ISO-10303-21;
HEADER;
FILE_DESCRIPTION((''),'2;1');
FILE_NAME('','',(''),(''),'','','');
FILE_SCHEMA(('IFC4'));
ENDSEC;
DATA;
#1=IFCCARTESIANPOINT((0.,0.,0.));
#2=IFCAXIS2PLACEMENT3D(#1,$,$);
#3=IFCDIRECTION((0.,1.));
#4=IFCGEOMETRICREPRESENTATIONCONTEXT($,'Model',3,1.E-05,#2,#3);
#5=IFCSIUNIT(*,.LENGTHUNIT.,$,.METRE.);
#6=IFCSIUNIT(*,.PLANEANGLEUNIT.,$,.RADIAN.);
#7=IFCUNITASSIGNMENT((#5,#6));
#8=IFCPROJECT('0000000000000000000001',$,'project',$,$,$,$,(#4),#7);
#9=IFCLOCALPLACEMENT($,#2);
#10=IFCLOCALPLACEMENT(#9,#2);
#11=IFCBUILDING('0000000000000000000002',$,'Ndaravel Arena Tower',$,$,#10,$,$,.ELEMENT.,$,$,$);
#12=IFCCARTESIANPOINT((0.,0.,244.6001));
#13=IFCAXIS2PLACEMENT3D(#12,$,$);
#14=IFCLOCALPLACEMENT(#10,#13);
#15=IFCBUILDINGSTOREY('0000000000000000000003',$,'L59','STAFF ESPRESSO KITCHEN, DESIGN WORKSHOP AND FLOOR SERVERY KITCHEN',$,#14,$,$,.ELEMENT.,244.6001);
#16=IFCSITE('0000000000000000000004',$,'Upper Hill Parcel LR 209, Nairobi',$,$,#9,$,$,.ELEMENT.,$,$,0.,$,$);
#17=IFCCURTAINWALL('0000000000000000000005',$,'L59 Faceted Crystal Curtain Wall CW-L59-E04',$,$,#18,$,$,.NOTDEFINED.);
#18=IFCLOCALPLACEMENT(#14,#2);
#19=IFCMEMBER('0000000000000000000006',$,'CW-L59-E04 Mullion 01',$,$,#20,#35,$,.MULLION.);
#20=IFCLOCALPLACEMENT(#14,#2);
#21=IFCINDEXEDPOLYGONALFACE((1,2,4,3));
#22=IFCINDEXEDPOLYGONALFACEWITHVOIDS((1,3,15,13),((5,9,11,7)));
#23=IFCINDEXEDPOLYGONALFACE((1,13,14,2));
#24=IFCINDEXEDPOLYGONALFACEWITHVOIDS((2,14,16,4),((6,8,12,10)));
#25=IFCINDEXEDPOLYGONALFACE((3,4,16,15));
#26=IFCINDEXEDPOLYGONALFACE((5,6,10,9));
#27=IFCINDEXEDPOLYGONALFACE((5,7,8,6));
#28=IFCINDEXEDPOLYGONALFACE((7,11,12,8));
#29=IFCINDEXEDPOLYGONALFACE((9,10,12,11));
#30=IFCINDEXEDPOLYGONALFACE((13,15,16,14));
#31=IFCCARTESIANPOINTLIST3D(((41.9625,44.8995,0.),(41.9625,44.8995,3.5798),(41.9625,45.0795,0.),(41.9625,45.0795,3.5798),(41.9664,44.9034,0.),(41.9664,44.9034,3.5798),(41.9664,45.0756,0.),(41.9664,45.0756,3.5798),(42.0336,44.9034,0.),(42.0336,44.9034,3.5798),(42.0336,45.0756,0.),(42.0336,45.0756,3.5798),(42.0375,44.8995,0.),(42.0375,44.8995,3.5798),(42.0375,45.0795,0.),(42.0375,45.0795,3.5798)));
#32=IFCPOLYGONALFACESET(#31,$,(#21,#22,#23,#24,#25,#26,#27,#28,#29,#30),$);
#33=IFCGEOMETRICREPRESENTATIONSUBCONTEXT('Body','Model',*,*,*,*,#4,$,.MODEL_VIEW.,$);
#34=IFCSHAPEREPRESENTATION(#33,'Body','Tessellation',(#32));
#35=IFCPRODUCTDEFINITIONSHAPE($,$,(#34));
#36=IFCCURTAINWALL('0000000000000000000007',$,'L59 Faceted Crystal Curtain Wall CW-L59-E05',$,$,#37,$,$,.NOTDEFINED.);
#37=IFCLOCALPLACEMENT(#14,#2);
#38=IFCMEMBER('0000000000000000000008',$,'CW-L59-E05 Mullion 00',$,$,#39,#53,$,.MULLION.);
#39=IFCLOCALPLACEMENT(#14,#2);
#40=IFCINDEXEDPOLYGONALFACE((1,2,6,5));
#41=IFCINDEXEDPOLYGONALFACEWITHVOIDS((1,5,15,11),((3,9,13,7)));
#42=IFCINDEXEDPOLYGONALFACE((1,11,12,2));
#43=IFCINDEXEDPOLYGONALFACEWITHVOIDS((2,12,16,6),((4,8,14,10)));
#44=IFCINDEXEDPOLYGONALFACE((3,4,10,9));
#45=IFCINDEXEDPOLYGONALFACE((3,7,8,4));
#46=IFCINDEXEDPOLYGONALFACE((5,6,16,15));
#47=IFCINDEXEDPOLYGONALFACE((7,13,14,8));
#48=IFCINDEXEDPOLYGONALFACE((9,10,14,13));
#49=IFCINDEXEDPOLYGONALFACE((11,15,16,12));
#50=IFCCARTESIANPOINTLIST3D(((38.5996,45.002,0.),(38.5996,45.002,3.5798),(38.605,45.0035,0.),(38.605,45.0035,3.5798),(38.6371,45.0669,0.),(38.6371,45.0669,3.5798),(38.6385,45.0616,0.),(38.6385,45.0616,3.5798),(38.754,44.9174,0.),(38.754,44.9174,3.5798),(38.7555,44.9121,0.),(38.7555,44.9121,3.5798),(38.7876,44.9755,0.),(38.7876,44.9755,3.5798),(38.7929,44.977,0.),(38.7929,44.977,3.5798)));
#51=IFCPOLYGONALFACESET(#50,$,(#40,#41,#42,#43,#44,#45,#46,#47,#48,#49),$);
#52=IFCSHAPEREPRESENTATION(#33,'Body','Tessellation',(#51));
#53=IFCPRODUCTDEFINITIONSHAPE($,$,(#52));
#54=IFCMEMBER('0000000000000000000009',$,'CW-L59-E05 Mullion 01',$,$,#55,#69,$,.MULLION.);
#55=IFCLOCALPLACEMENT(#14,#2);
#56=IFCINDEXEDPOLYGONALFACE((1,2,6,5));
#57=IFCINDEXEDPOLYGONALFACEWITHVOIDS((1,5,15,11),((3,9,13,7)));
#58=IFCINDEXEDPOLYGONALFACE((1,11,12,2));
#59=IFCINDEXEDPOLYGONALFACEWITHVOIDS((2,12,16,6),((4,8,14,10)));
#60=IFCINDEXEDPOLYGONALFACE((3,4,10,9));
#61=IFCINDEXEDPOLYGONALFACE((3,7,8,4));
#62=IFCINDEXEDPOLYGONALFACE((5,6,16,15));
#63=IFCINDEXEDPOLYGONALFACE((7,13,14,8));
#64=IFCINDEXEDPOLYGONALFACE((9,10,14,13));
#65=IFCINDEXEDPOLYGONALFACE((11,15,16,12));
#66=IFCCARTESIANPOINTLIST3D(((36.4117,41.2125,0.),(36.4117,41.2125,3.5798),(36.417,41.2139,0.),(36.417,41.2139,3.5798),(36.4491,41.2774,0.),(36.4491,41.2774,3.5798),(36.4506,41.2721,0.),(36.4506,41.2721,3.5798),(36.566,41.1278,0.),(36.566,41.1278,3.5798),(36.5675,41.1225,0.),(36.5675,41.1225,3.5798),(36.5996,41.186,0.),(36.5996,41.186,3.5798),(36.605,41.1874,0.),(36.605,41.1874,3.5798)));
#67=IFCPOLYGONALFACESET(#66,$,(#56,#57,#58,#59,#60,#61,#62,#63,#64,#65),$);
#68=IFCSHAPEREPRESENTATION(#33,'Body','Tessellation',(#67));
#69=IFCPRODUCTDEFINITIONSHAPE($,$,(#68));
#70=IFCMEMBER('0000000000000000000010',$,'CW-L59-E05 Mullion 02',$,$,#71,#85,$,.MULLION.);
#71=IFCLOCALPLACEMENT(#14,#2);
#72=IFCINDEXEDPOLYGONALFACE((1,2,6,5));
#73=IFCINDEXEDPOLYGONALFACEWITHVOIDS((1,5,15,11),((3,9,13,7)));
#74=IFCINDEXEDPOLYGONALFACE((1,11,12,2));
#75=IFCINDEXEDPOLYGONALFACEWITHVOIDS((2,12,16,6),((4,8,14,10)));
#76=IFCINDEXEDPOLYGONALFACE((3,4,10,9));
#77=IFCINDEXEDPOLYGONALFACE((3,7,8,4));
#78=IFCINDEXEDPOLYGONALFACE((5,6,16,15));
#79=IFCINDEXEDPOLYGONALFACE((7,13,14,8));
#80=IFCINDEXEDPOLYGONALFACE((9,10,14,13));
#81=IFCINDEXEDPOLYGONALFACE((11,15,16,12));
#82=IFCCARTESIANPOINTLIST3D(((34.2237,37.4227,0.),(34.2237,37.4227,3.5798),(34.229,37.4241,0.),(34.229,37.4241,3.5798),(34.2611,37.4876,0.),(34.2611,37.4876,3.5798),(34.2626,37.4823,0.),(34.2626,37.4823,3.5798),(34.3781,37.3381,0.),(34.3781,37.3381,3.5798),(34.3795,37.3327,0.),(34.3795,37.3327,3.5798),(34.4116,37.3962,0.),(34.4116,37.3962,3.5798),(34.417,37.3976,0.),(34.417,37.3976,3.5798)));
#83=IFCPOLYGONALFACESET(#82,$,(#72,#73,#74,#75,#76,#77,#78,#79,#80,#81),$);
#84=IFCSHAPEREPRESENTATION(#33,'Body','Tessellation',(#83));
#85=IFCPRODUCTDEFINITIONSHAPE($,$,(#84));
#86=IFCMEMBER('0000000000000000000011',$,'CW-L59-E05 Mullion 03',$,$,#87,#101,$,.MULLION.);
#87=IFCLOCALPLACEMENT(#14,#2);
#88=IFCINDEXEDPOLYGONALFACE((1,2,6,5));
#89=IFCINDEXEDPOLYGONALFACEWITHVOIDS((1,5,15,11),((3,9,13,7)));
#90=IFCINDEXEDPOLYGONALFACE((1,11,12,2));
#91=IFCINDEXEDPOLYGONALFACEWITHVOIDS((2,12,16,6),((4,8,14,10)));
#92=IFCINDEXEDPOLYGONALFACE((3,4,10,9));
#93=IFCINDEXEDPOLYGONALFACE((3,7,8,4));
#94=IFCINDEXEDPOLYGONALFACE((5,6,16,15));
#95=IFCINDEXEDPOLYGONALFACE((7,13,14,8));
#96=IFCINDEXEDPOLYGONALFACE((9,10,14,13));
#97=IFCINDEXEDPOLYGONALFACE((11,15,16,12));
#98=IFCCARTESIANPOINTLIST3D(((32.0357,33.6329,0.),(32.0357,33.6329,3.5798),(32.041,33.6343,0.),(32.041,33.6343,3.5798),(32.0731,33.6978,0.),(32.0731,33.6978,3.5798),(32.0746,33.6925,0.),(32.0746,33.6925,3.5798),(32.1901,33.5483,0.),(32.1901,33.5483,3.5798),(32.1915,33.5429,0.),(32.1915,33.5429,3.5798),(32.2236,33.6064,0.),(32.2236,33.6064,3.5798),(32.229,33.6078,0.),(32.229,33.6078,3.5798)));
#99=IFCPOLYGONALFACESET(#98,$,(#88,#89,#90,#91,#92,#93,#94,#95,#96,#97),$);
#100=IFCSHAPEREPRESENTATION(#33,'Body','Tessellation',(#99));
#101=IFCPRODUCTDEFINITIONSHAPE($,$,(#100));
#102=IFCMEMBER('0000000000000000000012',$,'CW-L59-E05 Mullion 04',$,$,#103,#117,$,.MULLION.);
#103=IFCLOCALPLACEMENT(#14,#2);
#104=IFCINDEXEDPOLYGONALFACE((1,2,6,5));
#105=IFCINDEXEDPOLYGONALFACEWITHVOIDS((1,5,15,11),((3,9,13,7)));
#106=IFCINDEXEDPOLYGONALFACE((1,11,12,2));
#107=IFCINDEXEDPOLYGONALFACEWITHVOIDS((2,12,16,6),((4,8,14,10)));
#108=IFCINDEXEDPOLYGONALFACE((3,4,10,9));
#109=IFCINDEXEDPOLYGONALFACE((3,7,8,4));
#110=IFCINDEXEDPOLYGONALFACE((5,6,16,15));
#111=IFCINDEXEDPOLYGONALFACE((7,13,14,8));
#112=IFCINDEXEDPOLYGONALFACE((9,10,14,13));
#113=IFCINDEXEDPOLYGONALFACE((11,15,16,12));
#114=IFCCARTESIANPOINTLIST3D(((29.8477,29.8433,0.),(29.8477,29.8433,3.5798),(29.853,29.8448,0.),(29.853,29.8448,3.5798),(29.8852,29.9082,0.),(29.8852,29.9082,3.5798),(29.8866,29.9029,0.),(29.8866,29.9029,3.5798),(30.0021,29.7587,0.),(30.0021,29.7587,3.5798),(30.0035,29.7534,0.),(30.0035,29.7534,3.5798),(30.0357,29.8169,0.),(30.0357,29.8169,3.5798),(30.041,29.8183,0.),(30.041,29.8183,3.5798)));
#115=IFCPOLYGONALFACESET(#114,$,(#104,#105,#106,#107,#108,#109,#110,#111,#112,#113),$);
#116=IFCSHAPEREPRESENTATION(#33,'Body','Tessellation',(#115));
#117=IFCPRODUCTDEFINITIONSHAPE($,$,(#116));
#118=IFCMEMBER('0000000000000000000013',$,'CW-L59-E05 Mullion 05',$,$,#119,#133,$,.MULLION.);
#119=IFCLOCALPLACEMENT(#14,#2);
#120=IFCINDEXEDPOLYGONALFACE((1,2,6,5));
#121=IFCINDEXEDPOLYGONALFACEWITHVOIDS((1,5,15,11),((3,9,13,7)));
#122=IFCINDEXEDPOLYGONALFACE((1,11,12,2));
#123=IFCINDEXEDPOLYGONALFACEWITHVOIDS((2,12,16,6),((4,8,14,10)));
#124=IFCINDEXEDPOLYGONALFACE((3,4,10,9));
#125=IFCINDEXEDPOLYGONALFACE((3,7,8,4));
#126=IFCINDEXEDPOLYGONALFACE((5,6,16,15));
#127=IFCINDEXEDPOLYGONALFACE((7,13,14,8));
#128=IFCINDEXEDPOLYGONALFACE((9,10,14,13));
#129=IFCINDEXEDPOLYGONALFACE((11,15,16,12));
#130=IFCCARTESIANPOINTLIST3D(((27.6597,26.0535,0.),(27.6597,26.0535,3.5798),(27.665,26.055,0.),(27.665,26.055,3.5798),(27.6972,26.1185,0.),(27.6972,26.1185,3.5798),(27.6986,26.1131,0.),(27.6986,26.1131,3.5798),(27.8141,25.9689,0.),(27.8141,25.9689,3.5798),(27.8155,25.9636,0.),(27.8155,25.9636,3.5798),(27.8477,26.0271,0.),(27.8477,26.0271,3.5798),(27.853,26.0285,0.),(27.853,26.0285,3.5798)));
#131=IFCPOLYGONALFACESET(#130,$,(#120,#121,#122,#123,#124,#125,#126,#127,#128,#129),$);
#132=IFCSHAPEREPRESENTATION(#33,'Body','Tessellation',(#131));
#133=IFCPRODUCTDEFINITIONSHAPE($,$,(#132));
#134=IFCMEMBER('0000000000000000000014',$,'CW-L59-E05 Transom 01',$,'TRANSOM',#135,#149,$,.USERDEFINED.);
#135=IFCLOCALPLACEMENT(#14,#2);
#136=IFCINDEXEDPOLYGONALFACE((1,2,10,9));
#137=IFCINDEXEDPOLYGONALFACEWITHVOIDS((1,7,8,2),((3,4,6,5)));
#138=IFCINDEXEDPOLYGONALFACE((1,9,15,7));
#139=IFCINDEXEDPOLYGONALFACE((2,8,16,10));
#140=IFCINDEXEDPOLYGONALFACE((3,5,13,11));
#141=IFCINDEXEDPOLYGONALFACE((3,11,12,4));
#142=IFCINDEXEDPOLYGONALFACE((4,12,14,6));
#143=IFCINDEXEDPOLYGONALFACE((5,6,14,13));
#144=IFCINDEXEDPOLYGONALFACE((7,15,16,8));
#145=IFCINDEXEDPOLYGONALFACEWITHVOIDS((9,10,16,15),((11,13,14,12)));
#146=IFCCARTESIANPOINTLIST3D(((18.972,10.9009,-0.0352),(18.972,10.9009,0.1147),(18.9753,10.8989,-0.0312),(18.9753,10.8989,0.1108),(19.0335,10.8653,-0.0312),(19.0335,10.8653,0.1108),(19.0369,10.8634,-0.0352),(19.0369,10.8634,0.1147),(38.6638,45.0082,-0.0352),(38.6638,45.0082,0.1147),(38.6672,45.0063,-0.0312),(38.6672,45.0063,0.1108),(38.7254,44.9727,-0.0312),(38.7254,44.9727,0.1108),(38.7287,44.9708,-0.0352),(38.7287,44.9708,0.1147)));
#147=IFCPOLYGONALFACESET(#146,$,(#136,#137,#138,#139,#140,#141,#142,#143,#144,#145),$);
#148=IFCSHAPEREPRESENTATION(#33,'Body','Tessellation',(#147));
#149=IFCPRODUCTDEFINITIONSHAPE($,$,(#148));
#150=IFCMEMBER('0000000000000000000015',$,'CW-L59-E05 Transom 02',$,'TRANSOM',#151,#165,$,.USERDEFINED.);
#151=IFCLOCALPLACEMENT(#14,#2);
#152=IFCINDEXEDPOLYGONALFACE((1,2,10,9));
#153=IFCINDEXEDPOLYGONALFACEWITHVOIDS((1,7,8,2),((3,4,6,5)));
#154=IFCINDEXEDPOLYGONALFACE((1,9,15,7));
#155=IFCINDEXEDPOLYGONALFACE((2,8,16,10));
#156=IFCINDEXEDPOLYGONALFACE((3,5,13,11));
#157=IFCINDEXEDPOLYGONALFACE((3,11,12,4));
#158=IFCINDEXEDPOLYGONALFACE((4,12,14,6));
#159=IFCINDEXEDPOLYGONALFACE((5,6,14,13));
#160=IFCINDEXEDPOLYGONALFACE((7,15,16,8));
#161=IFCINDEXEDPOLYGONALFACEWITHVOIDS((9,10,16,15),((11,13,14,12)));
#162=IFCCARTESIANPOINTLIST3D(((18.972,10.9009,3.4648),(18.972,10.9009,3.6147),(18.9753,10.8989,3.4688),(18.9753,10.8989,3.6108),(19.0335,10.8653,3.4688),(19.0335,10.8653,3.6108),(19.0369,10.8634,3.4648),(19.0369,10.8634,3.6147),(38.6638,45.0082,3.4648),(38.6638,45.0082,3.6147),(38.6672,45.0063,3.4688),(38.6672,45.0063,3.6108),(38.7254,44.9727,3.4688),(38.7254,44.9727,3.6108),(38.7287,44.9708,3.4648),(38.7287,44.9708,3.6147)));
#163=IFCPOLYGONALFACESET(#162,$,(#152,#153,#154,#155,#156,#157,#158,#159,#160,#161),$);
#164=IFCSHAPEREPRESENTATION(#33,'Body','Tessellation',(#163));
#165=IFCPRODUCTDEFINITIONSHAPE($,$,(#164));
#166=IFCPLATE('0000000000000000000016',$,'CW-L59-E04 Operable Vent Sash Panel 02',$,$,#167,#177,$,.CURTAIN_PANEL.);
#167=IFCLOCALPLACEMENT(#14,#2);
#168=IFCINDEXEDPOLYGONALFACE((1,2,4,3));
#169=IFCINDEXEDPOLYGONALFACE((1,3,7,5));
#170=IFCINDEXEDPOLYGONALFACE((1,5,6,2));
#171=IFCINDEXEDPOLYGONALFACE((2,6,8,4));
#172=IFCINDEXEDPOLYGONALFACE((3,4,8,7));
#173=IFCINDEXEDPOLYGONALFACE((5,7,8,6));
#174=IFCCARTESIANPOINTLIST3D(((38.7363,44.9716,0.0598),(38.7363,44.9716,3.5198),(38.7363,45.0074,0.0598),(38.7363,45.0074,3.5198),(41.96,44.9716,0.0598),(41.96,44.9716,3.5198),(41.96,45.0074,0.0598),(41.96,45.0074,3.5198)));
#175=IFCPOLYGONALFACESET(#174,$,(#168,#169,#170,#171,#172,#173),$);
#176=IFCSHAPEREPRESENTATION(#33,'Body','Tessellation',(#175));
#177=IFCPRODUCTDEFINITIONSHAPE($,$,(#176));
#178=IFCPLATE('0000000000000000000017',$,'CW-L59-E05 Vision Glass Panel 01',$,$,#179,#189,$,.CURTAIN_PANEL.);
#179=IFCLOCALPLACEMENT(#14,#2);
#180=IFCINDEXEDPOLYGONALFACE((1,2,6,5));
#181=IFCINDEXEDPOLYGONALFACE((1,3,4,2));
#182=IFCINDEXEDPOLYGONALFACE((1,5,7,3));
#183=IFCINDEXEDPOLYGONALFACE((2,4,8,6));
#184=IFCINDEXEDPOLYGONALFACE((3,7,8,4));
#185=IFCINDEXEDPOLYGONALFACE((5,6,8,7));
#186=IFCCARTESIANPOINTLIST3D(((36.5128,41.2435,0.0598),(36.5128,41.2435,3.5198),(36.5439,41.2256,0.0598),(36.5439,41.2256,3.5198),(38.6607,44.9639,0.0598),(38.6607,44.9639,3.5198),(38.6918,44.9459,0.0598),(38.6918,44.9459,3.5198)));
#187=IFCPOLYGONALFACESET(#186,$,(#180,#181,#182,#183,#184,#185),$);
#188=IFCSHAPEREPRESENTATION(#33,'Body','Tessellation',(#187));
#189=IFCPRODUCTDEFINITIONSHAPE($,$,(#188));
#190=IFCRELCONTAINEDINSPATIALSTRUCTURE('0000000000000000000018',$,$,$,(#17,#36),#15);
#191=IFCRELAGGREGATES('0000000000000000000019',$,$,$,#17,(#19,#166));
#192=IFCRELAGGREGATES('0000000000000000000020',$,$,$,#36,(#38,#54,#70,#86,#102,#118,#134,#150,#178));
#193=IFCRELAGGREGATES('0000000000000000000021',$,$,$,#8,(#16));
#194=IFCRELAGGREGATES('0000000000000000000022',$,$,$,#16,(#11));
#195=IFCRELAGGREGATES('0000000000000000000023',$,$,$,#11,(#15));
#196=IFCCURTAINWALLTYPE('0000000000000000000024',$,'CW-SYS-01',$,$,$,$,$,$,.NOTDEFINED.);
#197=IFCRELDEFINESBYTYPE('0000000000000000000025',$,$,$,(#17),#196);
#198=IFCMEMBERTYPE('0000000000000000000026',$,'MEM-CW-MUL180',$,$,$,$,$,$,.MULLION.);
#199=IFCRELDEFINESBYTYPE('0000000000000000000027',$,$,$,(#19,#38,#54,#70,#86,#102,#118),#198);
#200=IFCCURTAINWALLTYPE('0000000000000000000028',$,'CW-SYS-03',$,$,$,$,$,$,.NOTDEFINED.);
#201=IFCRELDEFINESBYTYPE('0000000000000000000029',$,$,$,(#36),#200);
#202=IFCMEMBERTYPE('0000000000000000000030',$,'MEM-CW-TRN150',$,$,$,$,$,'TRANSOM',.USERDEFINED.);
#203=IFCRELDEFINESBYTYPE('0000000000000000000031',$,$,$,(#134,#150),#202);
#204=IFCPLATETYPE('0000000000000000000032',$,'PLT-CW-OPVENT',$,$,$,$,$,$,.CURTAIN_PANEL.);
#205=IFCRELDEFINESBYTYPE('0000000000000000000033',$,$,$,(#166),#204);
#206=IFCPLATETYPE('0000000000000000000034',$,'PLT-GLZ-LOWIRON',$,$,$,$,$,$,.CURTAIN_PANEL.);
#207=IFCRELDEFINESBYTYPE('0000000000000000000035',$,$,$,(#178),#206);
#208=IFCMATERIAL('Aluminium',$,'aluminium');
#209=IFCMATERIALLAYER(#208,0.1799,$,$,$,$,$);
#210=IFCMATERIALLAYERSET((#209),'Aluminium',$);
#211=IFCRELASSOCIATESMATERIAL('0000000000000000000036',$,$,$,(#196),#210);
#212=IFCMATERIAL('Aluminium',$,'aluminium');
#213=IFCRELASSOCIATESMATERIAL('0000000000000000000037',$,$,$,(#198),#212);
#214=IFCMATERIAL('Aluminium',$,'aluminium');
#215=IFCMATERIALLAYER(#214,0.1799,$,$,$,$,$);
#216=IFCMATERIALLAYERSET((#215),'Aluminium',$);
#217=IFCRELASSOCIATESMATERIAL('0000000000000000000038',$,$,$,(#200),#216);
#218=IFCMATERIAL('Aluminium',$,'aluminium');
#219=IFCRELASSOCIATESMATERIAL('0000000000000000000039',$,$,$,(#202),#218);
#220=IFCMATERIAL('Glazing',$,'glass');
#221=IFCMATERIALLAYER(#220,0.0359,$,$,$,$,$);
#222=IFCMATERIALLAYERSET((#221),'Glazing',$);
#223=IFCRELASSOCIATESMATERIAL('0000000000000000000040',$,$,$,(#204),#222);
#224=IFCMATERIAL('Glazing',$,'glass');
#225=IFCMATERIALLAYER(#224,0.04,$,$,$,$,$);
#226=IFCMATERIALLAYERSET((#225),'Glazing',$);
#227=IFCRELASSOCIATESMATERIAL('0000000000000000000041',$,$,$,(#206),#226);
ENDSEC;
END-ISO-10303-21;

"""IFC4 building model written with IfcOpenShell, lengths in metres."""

from ifc_helpers import new_model, si_unit, direction, frame, origin, origin_2d, place, context, subcontext, project, spatial, rectangle, hollow_rectangle, extrude, material, layer, layer_set, material_profile, profile_set, type_object, element, aggregate, save


model = new_model("IFC4")

# Units and contexts
model_context = context("Model", 3, precision=1e-05, world=origin(), true_north=direction((0.0, 1.0)))
body_context = subcontext(model_context, "Body", "Model", "MODEL_VIEW")
ifc_project = project(units=[si_unit("LENGTHUNIT", "METRE"), si_unit("PLANEANGLEUNIT", "RADIAN")], contexts=[model_context])

# Site, building, storey
site_placement = place(None, origin())
site = spatial("IfcSite", under=ifc_project, at=site_placement, Name="Upper Hill Parcel LR 209, Nairobi", CompositionType="ELEMENT", RefElevation=0.0)
building_placement = place(site_placement, origin())
building = spatial("IfcBuilding", under=site, at=building_placement, Name="Ndaravel Arena Tower", CompositionType="ELEMENT")
storey_placement = place(building_placement, frame((0.0, 0.0, 244.6001)))
storey = spatial("IfcBuildingStorey", under=building, at=storey_placement, Name="L59", Description="STAFF ESPRESSO KITCHEN, DESIGN WORKSHOP AND FLOOR SERVERY KITCHEN", CompositionType="ELEMENT", Elevation=244.6001)

# Curtain wall, member
ifc_material_1 = material(Name="Aluminium", Category="aluminium")
ifc_layer_1 = layer(ifc_material_1, 0.1799)
ifc_layer_set_1 = layer_set([ifc_layer_1], Name="Aluminium")
curtain_wall_type_1 = type_object("IfcCurtainWallType", Name="CW-SYS-01", PredefinedType="NOTDEFINED", material=ifc_layer_set_1)
curtain_wall_1_placement = place(storey_placement, origin())
curtain_wall_1 = element("IfcCurtainWall", 1, at=curtain_wall_1_placement, inside=storey, type_object=curtain_wall_type_1, Name="L59 Faceted Crystal Curtain Wall CW-L59-E04", PredefinedType="NOTDEFINED")
ifc_material_2 = material(Name="Aluminium", Category="aluminium")
ifc_material_profile_1 = material_profile(ifc_material_2, hollow_rectangle(XDim=0.075, YDim=0.1799, WallThickness=0.0039, at=origin_2d()), Name="CW MULLION 75x180x4")
ifc_profile_set_1 = profile_set([ifc_material_profile_1], Name="Aluminium")
member_type_1 = type_object("IfcMemberType", Name="MEM-CW-MUL180", PredefinedType="MULLION", material=ifc_profile_set_1)
member_1_placement = place(storey_placement, frame((42.0, 44.9895, 0.0), z_axis=(0.0, 0.0, 1.0), x_axis=(-1.0, 0.0, 0.0)))
member_1 = element("IfcMember", 2, at=member_1_placement, type_object=member_type_1, Name="CW-L59-E04 Mullion 01", PredefinedType="MULLION", context=body_context, shape_type="SweptSolid", body=[
    extrude(hollow_rectangle(XDim=0.075, YDim=0.1799, WallThickness=0.0039, at=origin_2d()), origin(), (0.0, 0.0, 1.0), 3.5798),
])

# Curtain wall, members
ifc_material_3 = material(Name="Aluminium", Category="aluminium")
ifc_layer_2 = layer(ifc_material_3, 0.1799)
ifc_layer_set_2 = layer_set([ifc_layer_2], Name="Aluminium")
curtain_wall_type_2 = type_object("IfcCurtainWallType", Name="CW-SYS-03", PredefinedType="NOTDEFINED", material=ifc_layer_set_2)
curtain_wall_2_placement = place(storey_placement, origin())
curtain_wall_2 = element("IfcCurtainWall", 3, at=curtain_wall_2_placement, inside=storey, type_object=curtain_wall_type_2, Name="L59 Faceted Crystal Curtain Wall CW-L59-E05", PredefinedType="NOTDEFINED")
member_2_placement = place(storey_placement, frame((38.6963, 44.9895, 0.0), z_axis=(0.0, 0.0, 1.0), x_axis=(-0.5, -0.866025, 0.0)))
member_2 = element("IfcMember", 4, at=member_2_placement, type_object=member_type_1, Name="CW-L59-E05 Mullion 00", PredefinedType="MULLION", context=body_context, shape_type="SweptSolid", body=[
    extrude(hollow_rectangle(XDim=0.075, YDim=0.1799, WallThickness=0.0039, at=origin_2d()), origin(), (0.0, 0.0, 1.0), 3.5798),
])
member_3_placement = place(storey_placement, frame((36.5083, 41.2, 0.0), z_axis=(0.0, 0.0, 1.0), x_axis=(-0.5, -0.866025, 0.0)))
member_3 = element("IfcMember", 5, at=member_3_placement, type_object=member_type_1, Name="CW-L59-E05 Mullion 01", PredefinedType="MULLION", context=body_context, shape_type="SweptSolid", body=[
    extrude(hollow_rectangle(XDim=0.075, YDim=0.1799, WallThickness=0.0039, at=origin_2d()), origin(), (0.0, 0.0, 1.0), 3.5798),
])
member_4_placement = place(storey_placement, frame((34.3203, 37.4102, 0.0), z_axis=(0.0, 0.0, 1.0), x_axis=(-0.5, -0.866025, 0.0)))
member_4 = element("IfcMember", 6, at=member_4_placement, type_object=member_type_1, Name="CW-L59-E05 Mullion 02", PredefinedType="MULLION", context=body_context, shape_type="SweptSolid", body=[
    extrude(hollow_rectangle(XDim=0.075, YDim=0.1799, WallThickness=0.0039, at=origin_2d()), origin(), (0.0, 0.0, 1.0), 3.5798),
])
member_5_placement = place(storey_placement, frame((32.1323, 33.6204, 0.0), z_axis=(0.0, 0.0, 1.0), x_axis=(-0.5, -0.866025, 0.0)))
member_5 = element("IfcMember", 7, at=member_5_placement, type_object=member_type_1, Name="CW-L59-E05 Mullion 03", PredefinedType="MULLION", context=body_context, shape_type="SweptSolid", body=[
    extrude(hollow_rectangle(XDim=0.075, YDim=0.1799, WallThickness=0.0039, at=origin_2d()), origin(), (0.0, 0.0, 1.0), 3.5798),
])
member_6_placement = place(storey_placement, frame((29.9443, 29.8308, 0.0), z_axis=(0.0, 0.0, 1.0), x_axis=(-0.5, -0.866025, 0.0)))
member_6 = element("IfcMember", 8, at=member_6_placement, type_object=member_type_1, Name="CW-L59-E05 Mullion 04", PredefinedType="MULLION", context=body_context, shape_type="SweptSolid", body=[
    extrude(hollow_rectangle(XDim=0.075, YDim=0.1799, WallThickness=0.0039, at=origin_2d()), origin(), (0.0, 0.0, 1.0), 3.5798),
])
member_7_placement = place(storey_placement, frame((27.7563, 26.041, 0.0), z_axis=(0.0, 0.0, 1.0), x_axis=(-0.5, -0.866025, 0.0)))
member_7 = element("IfcMember", 9, at=member_7_placement, type_object=member_type_1, Name="CW-L59-E05 Mullion 05", PredefinedType="MULLION", context=body_context, shape_type="SweptSolid", body=[
    extrude(hollow_rectangle(XDim=0.075, YDim=0.1799, WallThickness=0.0039, at=origin_2d()), origin(), (0.0, 0.0, 1.0), 3.5798),
])
ifc_material_4 = material(Name="Aluminium", Category="aluminium")
ifc_material_profile_2 = material_profile(ifc_material_4, hollow_rectangle(XDim=0.075, YDim=0.1499, WallThickness=0.0039, at=origin_2d()), Name="CW TRANSOM 75x150x4")
ifc_profile_set_2 = profile_set([ifc_material_profile_2], Name="Aluminium")
member_type_2 = type_object("IfcMemberType", Name="MEM-CW-TRN150", ElementType="TRANSOM", PredefinedType="USERDEFINED", material=ifc_profile_set_2)
member_8_placement = place(storey_placement, frame((38.6963, 44.9895, 0.0398), z_axis=(-0.499999, -0.866026, 0.0), x_axis=(0.866026, -0.499999, 0.0)))
member_8 = element("IfcMember", 10, at=member_8_placement, type_object=member_type_2, Name="CW-L59-E05 Transom 01", ObjectType="TRANSOM", PredefinedType="USERDEFINED", context=body_context, shape_type="SweptSolid", body=[
    extrude(hollow_rectangle(XDim=0.075, YDim=0.1499, WallThickness=0.0039, at=origin_2d()), origin(), (0.0, 0.0, 1.0), 39.3838),
])
member_9_placement = place(storey_placement, frame((38.6963, 44.9895, 3.5398), z_axis=(-0.499999, -0.866026, 0.0), x_axis=(0.866026, -0.499999, 0.0)))
member_9 = element("IfcMember", 11, at=member_9_placement, type_object=member_type_2, Name="CW-L59-E05 Transom 02", ObjectType="TRANSOM", PredefinedType="USERDEFINED", context=body_context, shape_type="SweptSolid", body=[
    extrude(hollow_rectangle(XDim=0.075, YDim=0.1499, WallThickness=0.0039, at=origin_2d()), origin(), (0.0, 0.0, 1.0), 39.3838),
])

# Plates
ifc_material_5 = material(Name="Glazing", Category="glass")
ifc_layer_3 = layer(ifc_material_5, 0.0359)
ifc_layer_set_3 = layer_set([ifc_layer_3], Name="Glazing")
plate_type_1 = type_object("IfcPlateType", Name="PLT-CW-OPVENT", PredefinedType="CURTAIN_PANEL", material=ifc_layer_set_3)
plate_1_placement = place(storey_placement, frame((40.3481, 44.9895, 0.0598), z_axis=(0.0, 0.0, 1.0), x_axis=(-1.0, 0.0, 0.0)))
plate_1 = element("IfcPlate", 12, at=plate_1_placement, type_object=plate_type_1, Name="CW-L59-E04 Operable Vent Sash Panel 02", PredefinedType="CURTAIN_PANEL", context=body_context, shape_type="SweptSolid", body=[
    extrude(rectangle(XDim=3.2236, YDim=0.0359, at=origin_2d()), origin(), (0.0, 0.0, 1.0), 3.46),
])
aggregate(curtain_wall_1, [member_1, plate_1])
ifc_material_6 = material(Name="Glazing", Category="glass")
ifc_layer_4 = layer(ifc_material_6, 0.04)
ifc_layer_set_4 = layer_set([ifc_layer_4], Name="Glazing")
plate_type_2 = type_object("IfcPlateType", Name="PLT-GLZ-LOWIRON", PredefinedType="CURTAIN_PANEL", material=ifc_layer_set_4)
plate_2_placement = place(storey_placement, frame((37.6023, 43.0947, 0.0598), z_axis=(0.0, 0.0, 1.0), x_axis=(-0.5, -0.866025, 0.0)))
plate_2 = element("IfcPlate", 13, at=plate_2_placement, type_object=plate_type_2, Name="CW-L59-E05 Vision Glass Panel 01", PredefinedType="CURTAIN_PANEL", context=body_context, shape_type="SweptSolid", body=[
    extrude(rectangle(XDim=4.2959, YDim=0.0359, at=origin_2d()), origin(), (0.0, 0.0, 1.0), 3.46),
])
aggregate(curtain_wall_2, [member_2, member_3, member_4, member_5, member_6, member_7, member_8, member_9, plate_2])

save(model, "model.ifc")
